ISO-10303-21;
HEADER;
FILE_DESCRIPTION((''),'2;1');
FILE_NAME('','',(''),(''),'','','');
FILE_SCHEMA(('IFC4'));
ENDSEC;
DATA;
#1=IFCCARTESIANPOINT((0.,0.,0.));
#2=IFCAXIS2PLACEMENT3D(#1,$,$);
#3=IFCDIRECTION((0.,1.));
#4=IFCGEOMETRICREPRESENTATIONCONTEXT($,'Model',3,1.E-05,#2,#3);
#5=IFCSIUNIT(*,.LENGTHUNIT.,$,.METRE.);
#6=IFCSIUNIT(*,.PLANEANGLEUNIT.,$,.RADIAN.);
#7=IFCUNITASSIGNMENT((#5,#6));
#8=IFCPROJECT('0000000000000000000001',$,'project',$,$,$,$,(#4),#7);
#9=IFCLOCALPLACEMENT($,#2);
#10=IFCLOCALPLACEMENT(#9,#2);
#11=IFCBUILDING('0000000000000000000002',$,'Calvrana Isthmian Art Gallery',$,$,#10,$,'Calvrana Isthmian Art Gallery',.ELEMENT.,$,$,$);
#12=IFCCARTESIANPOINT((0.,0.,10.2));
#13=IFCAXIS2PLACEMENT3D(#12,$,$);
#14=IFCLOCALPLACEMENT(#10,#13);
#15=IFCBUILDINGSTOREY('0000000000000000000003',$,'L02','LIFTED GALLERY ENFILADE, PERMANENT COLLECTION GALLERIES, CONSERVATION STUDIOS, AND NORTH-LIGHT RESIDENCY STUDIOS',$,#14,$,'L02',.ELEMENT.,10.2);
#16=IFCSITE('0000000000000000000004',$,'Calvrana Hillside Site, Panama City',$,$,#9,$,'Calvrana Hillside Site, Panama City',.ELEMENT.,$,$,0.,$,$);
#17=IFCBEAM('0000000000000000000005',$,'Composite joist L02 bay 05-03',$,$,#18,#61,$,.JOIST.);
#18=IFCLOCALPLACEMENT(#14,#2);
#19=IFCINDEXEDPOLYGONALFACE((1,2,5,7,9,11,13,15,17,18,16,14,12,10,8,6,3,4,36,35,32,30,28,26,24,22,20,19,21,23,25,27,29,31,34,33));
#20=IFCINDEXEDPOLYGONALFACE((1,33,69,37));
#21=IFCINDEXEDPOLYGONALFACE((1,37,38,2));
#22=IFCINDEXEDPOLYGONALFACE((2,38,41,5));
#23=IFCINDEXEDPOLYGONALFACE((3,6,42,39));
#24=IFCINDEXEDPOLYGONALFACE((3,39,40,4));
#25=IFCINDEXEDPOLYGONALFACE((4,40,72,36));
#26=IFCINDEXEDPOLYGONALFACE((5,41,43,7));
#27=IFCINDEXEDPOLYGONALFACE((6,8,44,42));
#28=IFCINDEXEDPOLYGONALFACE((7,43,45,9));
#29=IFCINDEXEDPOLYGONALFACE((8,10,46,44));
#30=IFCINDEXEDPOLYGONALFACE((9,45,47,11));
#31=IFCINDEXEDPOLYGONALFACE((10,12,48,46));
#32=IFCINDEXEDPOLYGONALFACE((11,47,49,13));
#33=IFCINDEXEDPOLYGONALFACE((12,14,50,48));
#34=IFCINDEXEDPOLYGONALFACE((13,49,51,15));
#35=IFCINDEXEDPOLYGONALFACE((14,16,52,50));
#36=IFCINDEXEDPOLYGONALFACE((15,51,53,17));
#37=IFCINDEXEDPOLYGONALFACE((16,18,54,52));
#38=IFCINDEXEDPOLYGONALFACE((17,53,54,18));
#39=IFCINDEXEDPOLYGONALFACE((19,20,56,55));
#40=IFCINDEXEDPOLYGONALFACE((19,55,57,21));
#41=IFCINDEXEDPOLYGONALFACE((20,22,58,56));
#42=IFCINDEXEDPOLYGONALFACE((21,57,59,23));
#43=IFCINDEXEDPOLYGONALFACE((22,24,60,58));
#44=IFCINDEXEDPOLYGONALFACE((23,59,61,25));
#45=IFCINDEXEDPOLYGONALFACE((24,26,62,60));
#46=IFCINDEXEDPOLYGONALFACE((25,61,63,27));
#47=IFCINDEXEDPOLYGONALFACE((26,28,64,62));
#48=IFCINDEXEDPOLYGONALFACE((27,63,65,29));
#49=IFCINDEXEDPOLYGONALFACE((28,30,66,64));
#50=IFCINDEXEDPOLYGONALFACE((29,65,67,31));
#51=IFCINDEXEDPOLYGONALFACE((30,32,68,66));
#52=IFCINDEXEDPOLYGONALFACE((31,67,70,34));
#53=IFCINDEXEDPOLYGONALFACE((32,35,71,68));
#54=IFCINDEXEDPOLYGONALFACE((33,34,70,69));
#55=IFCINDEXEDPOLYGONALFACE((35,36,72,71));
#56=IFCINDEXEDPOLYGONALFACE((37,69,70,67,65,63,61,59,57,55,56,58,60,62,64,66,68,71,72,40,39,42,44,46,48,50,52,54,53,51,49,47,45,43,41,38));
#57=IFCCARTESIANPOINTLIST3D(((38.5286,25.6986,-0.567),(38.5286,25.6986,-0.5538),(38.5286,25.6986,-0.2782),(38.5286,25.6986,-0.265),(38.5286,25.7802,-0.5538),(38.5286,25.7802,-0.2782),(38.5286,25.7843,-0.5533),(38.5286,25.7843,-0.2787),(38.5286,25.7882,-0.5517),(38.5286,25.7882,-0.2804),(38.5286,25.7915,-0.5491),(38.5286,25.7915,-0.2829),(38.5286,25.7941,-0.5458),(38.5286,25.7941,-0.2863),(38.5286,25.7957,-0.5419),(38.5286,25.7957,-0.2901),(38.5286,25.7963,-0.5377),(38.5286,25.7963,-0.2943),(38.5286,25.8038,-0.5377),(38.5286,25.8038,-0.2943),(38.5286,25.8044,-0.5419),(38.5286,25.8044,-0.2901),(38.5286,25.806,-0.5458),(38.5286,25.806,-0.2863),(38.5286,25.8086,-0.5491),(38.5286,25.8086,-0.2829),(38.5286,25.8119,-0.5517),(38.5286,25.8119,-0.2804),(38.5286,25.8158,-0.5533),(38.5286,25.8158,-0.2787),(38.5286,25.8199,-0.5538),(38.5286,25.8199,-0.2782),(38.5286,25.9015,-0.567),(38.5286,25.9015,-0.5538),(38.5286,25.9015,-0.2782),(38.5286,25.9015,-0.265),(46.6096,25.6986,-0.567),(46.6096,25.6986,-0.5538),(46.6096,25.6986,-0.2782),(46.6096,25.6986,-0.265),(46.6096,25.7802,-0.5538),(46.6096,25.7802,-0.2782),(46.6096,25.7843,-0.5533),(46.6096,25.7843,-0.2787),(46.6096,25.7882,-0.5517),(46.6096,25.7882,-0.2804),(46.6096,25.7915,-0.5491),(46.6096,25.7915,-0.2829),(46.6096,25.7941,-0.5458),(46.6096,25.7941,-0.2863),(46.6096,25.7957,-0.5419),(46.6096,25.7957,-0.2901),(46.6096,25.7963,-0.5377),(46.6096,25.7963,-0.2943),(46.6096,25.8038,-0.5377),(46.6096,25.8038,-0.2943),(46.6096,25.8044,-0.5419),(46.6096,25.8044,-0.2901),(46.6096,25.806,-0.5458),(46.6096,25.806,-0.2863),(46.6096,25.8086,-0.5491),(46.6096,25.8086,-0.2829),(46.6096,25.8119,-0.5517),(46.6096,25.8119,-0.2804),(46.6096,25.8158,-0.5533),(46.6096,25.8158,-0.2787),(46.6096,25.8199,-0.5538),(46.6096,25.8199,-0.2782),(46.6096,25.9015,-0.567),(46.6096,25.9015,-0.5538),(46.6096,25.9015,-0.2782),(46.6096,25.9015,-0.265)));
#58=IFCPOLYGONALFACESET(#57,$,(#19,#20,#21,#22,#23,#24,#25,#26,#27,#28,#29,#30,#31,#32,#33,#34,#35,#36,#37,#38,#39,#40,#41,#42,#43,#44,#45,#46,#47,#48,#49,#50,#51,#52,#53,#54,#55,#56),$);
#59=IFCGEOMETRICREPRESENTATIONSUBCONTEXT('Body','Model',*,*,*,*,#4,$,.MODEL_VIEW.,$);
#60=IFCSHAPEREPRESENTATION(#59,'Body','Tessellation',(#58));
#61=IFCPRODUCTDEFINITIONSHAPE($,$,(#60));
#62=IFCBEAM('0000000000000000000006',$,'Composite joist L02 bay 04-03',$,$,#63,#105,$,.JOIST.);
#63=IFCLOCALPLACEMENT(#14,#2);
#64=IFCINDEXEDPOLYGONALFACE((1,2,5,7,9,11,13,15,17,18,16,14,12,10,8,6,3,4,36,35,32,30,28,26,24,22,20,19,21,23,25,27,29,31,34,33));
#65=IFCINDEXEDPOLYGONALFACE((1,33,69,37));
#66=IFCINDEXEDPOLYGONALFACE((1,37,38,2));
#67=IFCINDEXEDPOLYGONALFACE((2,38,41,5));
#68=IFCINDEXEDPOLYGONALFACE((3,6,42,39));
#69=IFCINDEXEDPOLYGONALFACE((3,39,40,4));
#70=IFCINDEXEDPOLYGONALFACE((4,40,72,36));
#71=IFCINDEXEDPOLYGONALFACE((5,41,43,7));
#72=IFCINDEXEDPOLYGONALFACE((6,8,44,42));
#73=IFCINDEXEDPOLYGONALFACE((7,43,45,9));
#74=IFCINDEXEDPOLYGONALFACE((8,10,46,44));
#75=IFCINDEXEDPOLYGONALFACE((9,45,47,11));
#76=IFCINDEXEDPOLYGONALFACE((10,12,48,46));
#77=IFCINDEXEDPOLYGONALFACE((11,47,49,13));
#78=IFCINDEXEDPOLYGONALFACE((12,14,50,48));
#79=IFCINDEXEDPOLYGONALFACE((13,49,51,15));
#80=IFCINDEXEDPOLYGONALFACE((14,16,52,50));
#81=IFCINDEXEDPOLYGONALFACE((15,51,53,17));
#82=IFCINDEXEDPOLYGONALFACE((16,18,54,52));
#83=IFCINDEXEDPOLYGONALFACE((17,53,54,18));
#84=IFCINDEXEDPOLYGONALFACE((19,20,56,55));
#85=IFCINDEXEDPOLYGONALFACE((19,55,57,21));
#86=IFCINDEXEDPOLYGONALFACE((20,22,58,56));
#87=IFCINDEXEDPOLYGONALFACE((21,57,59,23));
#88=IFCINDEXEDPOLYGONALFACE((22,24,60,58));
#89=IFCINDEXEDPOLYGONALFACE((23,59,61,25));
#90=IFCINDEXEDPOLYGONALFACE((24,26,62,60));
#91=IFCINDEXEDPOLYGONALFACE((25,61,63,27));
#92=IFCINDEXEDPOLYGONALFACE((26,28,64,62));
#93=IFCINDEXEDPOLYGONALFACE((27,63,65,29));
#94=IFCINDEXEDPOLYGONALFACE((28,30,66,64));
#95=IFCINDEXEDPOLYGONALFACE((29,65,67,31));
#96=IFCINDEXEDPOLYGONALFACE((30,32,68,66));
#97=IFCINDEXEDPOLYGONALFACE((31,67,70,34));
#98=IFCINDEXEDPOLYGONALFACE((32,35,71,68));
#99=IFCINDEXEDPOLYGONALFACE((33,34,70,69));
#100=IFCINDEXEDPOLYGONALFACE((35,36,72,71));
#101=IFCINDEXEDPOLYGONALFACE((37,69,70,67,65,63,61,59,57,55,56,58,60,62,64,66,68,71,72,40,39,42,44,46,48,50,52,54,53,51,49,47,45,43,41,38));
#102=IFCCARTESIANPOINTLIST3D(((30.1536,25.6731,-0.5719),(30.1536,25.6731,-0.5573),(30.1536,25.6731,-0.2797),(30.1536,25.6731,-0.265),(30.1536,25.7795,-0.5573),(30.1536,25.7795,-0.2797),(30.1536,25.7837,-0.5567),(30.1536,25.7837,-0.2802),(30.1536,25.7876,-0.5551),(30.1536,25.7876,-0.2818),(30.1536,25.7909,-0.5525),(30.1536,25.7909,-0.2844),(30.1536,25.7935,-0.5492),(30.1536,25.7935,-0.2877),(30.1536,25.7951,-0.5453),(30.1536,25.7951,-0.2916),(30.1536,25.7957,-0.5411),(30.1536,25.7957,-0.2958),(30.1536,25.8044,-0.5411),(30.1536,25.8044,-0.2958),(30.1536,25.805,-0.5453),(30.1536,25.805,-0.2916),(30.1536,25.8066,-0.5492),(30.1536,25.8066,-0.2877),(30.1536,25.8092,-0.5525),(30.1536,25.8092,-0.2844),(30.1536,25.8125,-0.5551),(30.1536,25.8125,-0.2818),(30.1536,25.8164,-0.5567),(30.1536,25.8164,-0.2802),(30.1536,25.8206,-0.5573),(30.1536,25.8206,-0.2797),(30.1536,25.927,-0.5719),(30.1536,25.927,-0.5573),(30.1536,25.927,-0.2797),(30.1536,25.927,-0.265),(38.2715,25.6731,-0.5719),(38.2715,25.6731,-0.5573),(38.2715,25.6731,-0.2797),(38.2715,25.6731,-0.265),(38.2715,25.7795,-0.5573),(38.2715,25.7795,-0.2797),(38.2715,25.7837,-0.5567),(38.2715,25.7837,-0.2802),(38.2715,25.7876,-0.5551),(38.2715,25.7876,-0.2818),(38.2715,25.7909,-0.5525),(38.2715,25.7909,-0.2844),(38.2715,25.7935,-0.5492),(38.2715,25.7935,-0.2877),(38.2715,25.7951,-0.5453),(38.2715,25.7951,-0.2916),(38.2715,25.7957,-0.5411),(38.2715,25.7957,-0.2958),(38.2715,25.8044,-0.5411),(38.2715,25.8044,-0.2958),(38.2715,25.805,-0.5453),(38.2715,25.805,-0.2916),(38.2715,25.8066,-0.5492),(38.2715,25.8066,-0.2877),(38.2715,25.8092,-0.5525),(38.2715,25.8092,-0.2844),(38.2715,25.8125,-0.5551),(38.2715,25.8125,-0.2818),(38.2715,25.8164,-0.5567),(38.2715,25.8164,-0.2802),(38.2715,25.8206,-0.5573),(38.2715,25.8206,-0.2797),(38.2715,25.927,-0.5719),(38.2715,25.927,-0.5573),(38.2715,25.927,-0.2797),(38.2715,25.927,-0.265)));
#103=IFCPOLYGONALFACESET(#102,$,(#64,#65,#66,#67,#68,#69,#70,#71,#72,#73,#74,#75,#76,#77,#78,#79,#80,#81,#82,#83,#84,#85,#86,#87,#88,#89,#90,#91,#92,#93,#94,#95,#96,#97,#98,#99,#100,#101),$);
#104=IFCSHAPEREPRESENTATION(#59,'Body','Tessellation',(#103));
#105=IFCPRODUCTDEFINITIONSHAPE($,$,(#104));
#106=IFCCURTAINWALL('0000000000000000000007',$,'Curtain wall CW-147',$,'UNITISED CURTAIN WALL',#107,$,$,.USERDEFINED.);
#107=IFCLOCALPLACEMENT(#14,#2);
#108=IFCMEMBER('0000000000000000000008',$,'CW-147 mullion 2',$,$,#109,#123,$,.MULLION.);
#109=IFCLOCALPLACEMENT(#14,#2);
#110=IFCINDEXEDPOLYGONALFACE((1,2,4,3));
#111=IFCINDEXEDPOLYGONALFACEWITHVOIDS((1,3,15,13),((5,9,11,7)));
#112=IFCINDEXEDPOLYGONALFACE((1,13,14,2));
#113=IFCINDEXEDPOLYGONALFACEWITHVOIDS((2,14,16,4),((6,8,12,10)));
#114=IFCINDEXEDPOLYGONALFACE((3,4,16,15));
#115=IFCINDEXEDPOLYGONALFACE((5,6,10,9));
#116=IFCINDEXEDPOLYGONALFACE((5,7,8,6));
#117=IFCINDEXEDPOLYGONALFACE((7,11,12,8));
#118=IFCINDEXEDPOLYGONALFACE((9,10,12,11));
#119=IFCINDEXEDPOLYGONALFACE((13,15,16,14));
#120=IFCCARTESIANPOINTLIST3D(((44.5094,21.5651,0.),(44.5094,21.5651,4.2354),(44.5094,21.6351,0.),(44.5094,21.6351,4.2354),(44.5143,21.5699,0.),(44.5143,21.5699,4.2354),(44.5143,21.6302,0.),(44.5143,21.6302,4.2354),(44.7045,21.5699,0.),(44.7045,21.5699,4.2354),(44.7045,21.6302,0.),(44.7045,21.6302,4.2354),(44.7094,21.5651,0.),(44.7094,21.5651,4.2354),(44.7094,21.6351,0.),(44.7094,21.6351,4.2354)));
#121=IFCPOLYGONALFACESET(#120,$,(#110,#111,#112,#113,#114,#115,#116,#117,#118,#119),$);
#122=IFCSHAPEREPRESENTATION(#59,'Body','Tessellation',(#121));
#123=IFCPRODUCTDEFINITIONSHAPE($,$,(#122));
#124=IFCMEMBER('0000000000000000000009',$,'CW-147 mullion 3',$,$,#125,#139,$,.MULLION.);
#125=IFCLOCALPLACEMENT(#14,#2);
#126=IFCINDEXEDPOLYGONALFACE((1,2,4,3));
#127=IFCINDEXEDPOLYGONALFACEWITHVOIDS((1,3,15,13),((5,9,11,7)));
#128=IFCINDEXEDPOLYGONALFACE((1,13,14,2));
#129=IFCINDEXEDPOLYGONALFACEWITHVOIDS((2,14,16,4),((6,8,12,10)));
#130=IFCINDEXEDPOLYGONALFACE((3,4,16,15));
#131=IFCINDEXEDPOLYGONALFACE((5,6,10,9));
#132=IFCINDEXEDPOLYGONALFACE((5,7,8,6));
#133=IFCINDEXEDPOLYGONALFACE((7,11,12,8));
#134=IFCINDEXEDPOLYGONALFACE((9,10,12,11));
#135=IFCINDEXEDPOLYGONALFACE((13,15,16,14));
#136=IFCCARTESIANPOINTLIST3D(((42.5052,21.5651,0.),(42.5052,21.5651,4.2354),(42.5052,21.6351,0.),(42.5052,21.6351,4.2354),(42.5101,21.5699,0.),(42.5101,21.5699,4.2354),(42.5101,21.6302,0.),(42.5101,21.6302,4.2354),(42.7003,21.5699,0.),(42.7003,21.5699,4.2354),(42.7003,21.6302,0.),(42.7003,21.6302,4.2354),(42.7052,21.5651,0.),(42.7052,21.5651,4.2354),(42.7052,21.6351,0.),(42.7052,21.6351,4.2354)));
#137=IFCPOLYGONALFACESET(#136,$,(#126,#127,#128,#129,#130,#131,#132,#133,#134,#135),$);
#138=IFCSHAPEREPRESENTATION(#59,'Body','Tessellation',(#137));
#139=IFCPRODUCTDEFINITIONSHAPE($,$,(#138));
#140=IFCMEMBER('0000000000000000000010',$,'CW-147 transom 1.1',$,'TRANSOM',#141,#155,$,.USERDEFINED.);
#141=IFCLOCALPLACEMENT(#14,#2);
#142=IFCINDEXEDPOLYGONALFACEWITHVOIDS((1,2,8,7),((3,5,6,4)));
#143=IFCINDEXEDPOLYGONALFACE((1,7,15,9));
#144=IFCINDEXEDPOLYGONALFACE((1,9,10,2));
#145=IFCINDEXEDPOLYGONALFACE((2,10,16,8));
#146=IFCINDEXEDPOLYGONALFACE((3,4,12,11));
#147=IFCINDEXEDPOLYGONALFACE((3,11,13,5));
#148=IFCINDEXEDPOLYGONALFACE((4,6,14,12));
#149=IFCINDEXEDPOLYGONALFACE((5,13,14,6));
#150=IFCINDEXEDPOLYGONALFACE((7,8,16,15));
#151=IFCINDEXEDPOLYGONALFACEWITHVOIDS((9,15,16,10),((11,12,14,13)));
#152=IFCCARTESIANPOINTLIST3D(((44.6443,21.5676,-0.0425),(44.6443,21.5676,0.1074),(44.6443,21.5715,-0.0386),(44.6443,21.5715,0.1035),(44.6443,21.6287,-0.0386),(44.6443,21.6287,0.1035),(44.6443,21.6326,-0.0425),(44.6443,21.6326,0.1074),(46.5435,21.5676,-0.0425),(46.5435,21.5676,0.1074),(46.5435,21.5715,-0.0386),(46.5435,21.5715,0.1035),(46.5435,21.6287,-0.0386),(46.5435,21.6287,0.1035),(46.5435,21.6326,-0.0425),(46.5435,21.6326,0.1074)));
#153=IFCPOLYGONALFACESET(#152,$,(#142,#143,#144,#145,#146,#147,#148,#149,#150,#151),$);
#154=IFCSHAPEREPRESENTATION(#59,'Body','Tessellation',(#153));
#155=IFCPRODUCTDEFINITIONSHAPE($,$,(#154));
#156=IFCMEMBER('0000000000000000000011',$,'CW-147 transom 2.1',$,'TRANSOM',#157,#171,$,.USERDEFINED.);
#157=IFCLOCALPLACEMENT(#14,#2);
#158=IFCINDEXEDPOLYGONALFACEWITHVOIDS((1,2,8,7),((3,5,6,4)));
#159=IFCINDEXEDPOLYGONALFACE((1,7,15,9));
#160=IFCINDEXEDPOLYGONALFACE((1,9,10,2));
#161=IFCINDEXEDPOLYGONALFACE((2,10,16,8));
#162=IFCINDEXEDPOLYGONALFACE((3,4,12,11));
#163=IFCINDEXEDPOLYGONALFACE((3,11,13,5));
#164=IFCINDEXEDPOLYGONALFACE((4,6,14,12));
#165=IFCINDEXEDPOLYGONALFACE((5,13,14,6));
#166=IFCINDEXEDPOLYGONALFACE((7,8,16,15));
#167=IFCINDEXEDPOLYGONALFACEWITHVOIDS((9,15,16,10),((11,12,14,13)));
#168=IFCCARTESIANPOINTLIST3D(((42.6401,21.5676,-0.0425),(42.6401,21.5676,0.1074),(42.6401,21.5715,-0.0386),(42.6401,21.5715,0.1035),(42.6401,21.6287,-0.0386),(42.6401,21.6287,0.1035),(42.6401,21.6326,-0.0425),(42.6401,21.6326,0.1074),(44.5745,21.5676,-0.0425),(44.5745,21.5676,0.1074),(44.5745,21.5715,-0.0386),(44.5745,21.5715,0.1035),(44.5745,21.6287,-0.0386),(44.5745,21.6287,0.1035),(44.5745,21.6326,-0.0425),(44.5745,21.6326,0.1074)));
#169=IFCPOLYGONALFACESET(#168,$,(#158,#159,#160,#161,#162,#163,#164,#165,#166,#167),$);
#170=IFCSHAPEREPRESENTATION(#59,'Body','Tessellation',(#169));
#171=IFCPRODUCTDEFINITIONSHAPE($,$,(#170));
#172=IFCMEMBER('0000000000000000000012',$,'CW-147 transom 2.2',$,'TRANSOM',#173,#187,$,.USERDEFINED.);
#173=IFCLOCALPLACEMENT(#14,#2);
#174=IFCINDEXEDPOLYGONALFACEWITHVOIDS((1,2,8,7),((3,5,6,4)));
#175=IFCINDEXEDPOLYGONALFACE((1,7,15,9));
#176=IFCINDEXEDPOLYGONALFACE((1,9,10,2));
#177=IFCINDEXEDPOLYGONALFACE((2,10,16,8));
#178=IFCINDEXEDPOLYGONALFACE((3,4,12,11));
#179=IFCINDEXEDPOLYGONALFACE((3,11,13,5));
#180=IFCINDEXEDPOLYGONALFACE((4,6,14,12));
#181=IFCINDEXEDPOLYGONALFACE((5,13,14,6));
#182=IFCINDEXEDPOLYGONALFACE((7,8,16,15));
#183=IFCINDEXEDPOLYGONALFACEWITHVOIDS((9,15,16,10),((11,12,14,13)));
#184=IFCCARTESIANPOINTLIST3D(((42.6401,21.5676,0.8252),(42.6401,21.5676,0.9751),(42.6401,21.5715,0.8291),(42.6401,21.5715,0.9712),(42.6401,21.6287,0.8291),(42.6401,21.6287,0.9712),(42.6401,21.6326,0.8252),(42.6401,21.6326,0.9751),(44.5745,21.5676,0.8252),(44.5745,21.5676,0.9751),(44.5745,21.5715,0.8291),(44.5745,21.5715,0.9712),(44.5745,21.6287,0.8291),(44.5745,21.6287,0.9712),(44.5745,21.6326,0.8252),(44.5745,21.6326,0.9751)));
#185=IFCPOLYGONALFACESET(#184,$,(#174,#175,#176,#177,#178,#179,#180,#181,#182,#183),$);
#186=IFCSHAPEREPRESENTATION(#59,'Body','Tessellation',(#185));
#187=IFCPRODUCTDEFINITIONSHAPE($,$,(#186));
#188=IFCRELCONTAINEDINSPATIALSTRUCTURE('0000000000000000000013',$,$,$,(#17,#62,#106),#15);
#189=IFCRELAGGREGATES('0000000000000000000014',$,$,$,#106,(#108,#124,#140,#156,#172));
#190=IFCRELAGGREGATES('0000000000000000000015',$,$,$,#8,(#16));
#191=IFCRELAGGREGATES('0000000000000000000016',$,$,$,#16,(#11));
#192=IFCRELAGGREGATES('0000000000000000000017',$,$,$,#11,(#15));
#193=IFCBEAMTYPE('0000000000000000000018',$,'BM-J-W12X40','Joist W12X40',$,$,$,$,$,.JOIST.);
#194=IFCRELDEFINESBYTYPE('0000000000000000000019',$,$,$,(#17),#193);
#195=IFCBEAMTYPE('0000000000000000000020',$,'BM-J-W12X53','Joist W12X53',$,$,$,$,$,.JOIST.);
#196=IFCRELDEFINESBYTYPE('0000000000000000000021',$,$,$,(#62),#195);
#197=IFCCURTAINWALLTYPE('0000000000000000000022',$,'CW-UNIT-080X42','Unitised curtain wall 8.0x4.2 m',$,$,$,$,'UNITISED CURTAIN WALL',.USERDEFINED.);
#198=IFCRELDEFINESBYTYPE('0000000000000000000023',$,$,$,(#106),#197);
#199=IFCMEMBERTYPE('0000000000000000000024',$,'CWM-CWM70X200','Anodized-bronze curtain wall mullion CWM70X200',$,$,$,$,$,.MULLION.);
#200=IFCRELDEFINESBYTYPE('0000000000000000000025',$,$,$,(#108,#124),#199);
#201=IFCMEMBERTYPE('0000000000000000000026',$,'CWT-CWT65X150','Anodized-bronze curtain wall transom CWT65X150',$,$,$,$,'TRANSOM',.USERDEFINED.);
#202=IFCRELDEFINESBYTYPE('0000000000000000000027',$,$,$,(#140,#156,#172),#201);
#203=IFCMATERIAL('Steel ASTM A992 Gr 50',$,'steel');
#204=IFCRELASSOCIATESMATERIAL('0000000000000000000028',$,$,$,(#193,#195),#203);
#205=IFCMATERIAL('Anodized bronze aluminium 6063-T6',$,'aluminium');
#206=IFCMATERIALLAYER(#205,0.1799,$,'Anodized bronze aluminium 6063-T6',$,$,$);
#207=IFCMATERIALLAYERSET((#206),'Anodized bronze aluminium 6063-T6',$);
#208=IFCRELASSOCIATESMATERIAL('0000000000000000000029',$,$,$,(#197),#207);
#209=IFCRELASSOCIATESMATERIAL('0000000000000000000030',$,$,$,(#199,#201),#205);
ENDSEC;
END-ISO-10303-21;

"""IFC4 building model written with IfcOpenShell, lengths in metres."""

from ifc_helpers import new_model, si_unit, direction, frame, origin, origin_2d, place, context, subcontext, project, spatial, hollow_rectangle, i_section, extrude, material, layer, layer_set, material_profile, profile_set, type_object, element, aggregate, save


model = new_model("IFC4")

# Units and contexts
model_context = context("Model", 3, precision=1e-05, world=origin(), true_north=direction((0.0, 1.0)))
body_context = subcontext(model_context, "Body", "Model", "MODEL_VIEW")
ifc_project = project(units=[si_unit("LENGTHUNIT", "METRE"), si_unit("PLANEANGLEUNIT", "RADIAN")], contexts=[model_context])

# Site, building, storey
site_placement = place(None, origin())
site = spatial("IfcSite", under=ifc_project, at=site_placement, Name="Calvrana Hillside Site, Panama City", LongName="Calvrana Hillside Site, Panama City", CompositionType="ELEMENT", RefElevation=0.0)
building_placement = place(site_placement, origin())
building = spatial("IfcBuilding", under=site, at=building_placement, Name="Calvrana Isthmian Art Gallery", LongName="Calvrana Isthmian Art Gallery", CompositionType="ELEMENT")
storey_placement = place(building_placement, frame((0.0, 0.0, 10.2)))
storey = spatial("IfcBuildingStorey", under=building, at=storey_placement, Name="L02", Description="LIFTED GALLERY ENFILADE, PERMANENT COLLECTION GALLERIES, CONSERVATION STUDIOS, AND NORTH-LIGHT RESIDENCY STUDIOS", LongName="L02", CompositionType="ELEMENT", Elevation=10.2)

# Shared definitions
ifc_material_1 = material(Name="Steel ASTM A992 Gr 50", Category="steel")

# Beams
ifc_material_profile_1 = material_profile(ifc_material_1, i_section(OverallWidth=0.2029, OverallDepth=0.302, WebThickness=0.0076, FlangeThickness=0.0132, FilletRadius=0.0161, at=origin_2d()), Name="W12X40")
ifc_profile_set_1 = profile_set([ifc_material_profile_1], Name="Steel ASTM A992 Gr 50")
beam_type_1 = type_object("IfcBeamType", Name="BM-J-W12X40", Description="Joist W12X40", PredefinedType="JOIST", material=ifc_profile_set_1)
beam_1_placement = place(storey_placement, frame((38.5286, 25.8, -0.416), z_axis=(1.0, 0.0, 0.0), x_axis=(0.0, 1.0, 0.0)))
element("IfcBeam", 1, at=beam_1_placement, inside=storey, type_object=beam_type_1, Name="Composite joist L02 bay 05-03", PredefinedType="JOIST", context=body_context, shape_type="SweptSolid", body=[
    extrude(i_section(OverallWidth=0.2029, OverallDepth=0.302, WebThickness=0.0076, FlangeThickness=0.0132, FilletRadius=0.0161, at=origin_2d()), origin(), (0.0, 0.0, 1.0), 8.0811),
])
ifc_material_profile_2 = material_profile(ifc_material_1, i_section(OverallWidth=0.2539, OverallDepth=0.3069, WebThickness=0.0088, FlangeThickness=0.0146, FilletRadius=0.0161, at=origin_2d()), Name="W12X53")
ifc_profile_set_2 = profile_set([ifc_material_profile_2], Name="Steel ASTM A992 Gr 50")
beam_type_2 = type_object("IfcBeamType", Name="BM-J-W12X53", Description="Joist W12X53", PredefinedType="JOIST", material=ifc_profile_set_2)
beam_2_placement = place(storey_placement, frame((30.1536, 25.8, -0.4185), z_axis=(1.0, 0.0, 0.0), x_axis=(0.0, 1.0, 0.0)))
element("IfcBeam", 2, at=beam_2_placement, inside=storey, type_object=beam_type_2, Name="Composite joist L02 bay 04-03", PredefinedType="JOIST", context=body_context, shape_type="SweptSolid", body=[
    extrude(i_section(OverallWidth=0.2539, OverallDepth=0.3069, WebThickness=0.0088, FlangeThickness=0.0146, FilletRadius=0.0161, at=origin_2d()), origin(), (0.0, 0.0, 1.0), 8.1179),
])

# Curtain wall, members
ifc_material_2 = material(Name="Anodized bronze aluminium 6063-T6", Category="aluminium")
ifc_layer_1 = layer(ifc_material_2, 0.1799, Name="Anodized bronze aluminium 6063-T6")
ifc_layer_set_1 = layer_set([ifc_layer_1], Name="Anodized bronze aluminium 6063-T6")
curtain_wall_type = type_object("IfcCurtainWallType", Name="CW-UNIT-080X42", Description="Unitised curtain wall 8.0x4.2 m", ElementType="UNITISED CURTAIN WALL", PredefinedType="USERDEFINED", material=ifc_layer_set_1)
curtain_wall_placement = place(storey_placement, origin())
curtain_wall = element("IfcCurtainWall", 3, at=curtain_wall_placement, inside=storey, type_object=curtain_wall_type, Name="Curtain wall CW-147", ObjectType="UNITISED CURTAIN WALL", PredefinedType="USERDEFINED")
ifc_material_profile_3 = material_profile(ifc_material_2, hollow_rectangle(XDim=0.0701, YDim=0.2, WallThickness=0.0049, at=origin_2d()), Name="CWM70X200")
ifc_profile_set_3 = profile_set([ifc_material_profile_3], Name="Anodized bronze aluminium 6063-T6")
member_type_1 = type_object("IfcMemberType", Name="CWM-CWM70X200", Description="Anodized-bronze curtain wall mullion CWM70X200", PredefinedType="MULLION", material=ifc_profile_set_3)
member_1_placement = place(storey_placement, frame((44.6094, 21.6001, 0.0), z_axis=(0.0, 0.0, 1.0), x_axis=(0.0, -1.0, 0.0)))
member_1 = element("IfcMember", 4, at=member_1_placement, type_object=member_type_1, Name="CW-147 mullion 2", PredefinedType="MULLION", context=body_context, shape_type="SweptSolid", body=[
    extrude(hollow_rectangle(XDim=0.0701, YDim=0.2, WallThickness=0.0049, at=origin_2d()), origin(), (0.0, 0.0, 1.0), 4.2354),
])
member_2_placement = place(storey_placement, frame((42.6052, 21.6001, 0.0), z_axis=(0.0, 0.0, 1.0), x_axis=(0.0, -1.0, 0.0)))
member_2 = element("IfcMember", 5, at=member_2_placement, type_object=member_type_1, Name="CW-147 mullion 3", PredefinedType="MULLION", context=body_context, shape_type="SweptSolid", body=[
    extrude(hollow_rectangle(XDim=0.0701, YDim=0.2, WallThickness=0.0049, at=origin_2d()), origin(), (0.0, 0.0, 1.0), 4.2354),
])
ifc_material_profile_4 = material_profile(ifc_material_2, hollow_rectangle(XDim=0.0649, YDim=0.1499, WallThickness=0.0039, at=origin_2d()), Name="CWT65X150")
ifc_profile_set_4 = profile_set([ifc_material_profile_4], Name="Anodized bronze aluminium 6063-T6")
member_type_2 = type_object("IfcMemberType", Name="CWT-CWT65X150", Description="Anodized-bronze curtain wall transom CWT65X150", ElementType="TRANSOM", PredefinedType="USERDEFINED", material=ifc_profile_set_4)
member_3_placement = place(storey_placement, frame((46.5435, 21.6001, 0.0325), z_axis=(-1.0, 0.0, 0.0), x_axis=(0.0, -1.0, 0.0)))
member_3 = element("IfcMember", 6, at=member_3_placement, type_object=member_type_2, Name="CW-147 transom 1.1", ObjectType="TRANSOM", PredefinedType="USERDEFINED", context=body_context, shape_type="SweptSolid", body=[
    extrude(hollow_rectangle(XDim=0.0649, YDim=0.1499, WallThickness=0.0039, at=origin_2d()), origin(), (0.0, 0.0, 1.0), 1.8992),
])
member_4_placement = place(storey_placement, frame((44.5745, 21.6001, 0.0325), z_axis=(-1.0, 0.0, 0.0), x_axis=(0.0, -1.0, 0.0)))
member_4 = element("IfcMember", 7, at=member_4_placement, type_object=member_type_2, Name="CW-147 transom 2.1", ObjectType="TRANSOM", PredefinedType="USERDEFINED", context=body_context, shape_type="SweptSolid", body=[
    extrude(hollow_rectangle(XDim=0.0649, YDim=0.1499, WallThickness=0.0039, at=origin_2d()), origin(), (0.0, 0.0, 1.0), 1.9343),
])
member_5_placement = place(storey_placement, frame((44.5745, 21.6001, 0.9001), z_axis=(-1.0, 0.0, 0.0), x_axis=(0.0, -1.0, 0.0)))
member_5 = element("IfcMember", 8, at=member_5_placement, type_object=member_type_2, Name="CW-147 transom 2.2", ObjectType="TRANSOM", PredefinedType="USERDEFINED", context=body_context, shape_type="SweptSolid", body=[
    extrude(hollow_rectangle(XDim=0.0649, YDim=0.1499, WallThickness=0.0039, at=origin_2d()), origin(), (0.0, 0.0, 1.0), 1.9343),
])
aggregate(curtain_wall, [member_1, member_2, member_3, member_4, member_5])

save(model, "model.ifc")
